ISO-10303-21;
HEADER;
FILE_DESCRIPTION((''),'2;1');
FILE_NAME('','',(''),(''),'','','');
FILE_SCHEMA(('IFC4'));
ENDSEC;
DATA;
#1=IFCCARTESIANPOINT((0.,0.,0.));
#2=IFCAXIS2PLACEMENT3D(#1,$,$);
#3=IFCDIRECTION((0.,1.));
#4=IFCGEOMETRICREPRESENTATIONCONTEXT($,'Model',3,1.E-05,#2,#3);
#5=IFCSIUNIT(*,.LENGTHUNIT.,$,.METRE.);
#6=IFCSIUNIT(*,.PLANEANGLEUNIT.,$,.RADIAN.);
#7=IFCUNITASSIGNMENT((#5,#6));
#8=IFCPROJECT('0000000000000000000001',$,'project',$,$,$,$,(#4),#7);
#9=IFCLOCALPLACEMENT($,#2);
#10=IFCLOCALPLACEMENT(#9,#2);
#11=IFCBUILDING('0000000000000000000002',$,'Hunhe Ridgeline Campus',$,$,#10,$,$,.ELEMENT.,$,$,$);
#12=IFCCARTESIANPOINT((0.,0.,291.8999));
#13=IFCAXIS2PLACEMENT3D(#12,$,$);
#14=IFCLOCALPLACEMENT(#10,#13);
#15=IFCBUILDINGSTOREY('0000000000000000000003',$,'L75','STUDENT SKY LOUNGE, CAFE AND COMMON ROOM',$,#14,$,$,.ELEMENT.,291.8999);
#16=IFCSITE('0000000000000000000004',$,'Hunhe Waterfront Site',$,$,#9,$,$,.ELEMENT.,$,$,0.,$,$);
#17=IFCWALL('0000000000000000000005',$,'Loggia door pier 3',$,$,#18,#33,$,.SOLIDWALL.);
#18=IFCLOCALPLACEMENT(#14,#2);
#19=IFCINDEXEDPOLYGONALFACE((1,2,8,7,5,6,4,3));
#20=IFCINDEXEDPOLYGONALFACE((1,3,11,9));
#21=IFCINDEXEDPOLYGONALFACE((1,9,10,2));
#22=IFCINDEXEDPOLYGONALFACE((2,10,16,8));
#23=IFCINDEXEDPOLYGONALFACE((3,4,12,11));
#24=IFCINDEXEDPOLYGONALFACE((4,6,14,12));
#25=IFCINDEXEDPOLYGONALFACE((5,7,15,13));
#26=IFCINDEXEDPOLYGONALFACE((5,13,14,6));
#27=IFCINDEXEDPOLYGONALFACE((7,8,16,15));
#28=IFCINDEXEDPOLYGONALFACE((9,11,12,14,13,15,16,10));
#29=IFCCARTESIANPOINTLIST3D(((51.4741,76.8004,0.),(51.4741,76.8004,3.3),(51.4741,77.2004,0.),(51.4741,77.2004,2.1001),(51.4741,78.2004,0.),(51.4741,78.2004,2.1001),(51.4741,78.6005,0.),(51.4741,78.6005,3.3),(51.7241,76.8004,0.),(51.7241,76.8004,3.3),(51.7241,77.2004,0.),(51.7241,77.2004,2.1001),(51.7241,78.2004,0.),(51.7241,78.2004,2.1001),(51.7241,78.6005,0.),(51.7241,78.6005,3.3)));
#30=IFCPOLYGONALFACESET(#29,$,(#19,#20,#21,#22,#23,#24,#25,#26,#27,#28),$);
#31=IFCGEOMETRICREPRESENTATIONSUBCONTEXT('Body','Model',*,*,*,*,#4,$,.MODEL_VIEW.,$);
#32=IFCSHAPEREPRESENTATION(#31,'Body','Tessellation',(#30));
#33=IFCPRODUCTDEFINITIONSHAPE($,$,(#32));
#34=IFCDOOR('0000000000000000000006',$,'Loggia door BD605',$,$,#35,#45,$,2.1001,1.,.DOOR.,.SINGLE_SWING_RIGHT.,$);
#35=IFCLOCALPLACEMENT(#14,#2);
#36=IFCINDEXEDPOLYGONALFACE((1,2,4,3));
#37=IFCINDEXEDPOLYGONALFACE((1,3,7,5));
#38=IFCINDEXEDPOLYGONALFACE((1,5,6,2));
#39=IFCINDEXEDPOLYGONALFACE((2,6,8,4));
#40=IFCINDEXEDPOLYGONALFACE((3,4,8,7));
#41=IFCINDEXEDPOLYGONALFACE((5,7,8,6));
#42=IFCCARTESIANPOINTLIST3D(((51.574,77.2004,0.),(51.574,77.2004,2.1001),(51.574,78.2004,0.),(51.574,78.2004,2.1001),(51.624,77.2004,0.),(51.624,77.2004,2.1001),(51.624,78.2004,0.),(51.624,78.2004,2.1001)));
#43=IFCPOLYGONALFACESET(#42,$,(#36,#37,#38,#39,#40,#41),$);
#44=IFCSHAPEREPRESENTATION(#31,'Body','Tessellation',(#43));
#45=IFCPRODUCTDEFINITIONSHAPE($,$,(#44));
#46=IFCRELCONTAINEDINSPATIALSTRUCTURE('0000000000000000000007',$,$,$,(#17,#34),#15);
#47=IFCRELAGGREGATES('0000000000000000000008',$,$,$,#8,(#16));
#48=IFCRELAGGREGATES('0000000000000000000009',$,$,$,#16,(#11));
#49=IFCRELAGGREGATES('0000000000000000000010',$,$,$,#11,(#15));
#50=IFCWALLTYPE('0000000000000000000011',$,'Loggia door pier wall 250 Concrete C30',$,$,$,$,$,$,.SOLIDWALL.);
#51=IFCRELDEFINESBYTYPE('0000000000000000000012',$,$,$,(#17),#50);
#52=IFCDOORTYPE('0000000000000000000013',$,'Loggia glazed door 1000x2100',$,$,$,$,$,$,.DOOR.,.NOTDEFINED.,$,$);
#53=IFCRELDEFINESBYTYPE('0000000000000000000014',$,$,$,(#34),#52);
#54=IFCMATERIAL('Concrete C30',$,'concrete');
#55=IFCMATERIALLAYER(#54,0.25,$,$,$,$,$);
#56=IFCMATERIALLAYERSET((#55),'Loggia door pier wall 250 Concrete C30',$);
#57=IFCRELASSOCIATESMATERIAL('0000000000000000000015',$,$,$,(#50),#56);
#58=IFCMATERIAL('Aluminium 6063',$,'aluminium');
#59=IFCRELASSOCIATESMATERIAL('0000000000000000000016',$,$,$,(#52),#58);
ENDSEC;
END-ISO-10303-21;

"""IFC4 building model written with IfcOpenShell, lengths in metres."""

from ifc_helpers import new_model, si_unit, direction, frame, frame_2d, origin, place, context, subcontext, project, spatial, rectangle, extrude, material, layer, layer_set, type_object, element, fill, save


model = new_model("IFC4")

# Units and contexts
model_context = context("Model", 3, precision=1e-05, world=origin(), true_north=direction((0.0, 1.0)))
body_context = subcontext(model_context, "Body", "Model", "MODEL_VIEW")
ifc_project = project(units=[si_unit("LENGTHUNIT", "METRE"), si_unit("PLANEANGLEUNIT", "RADIAN")], contexts=[model_context])

# Site, building, storey
site_placement = place(None, origin())
site = spatial("IfcSite", under=ifc_project, at=site_placement, Name="Hunhe Waterfront Site", CompositionType="ELEMENT", RefElevation=0.0)
building_placement = place(site_placement, origin())
building = spatial("IfcBuilding", under=site, at=building_placement, Name="Hunhe Ridgeline Campus", CompositionType="ELEMENT")
storey_placement = place(building_placement, frame((0.0, 0.0, 291.8999)))
storey = spatial("IfcBuildingStorey", under=building, at=storey_placement, Name="L75", Description="STUDENT SKY LOUNGE, CAFE AND COMMON ROOM", CompositionType="ELEMENT", Elevation=291.8999)

# Shared definitions
ifc_material_1 = material(Name="Aluminium 6063", Category="aluminium")

# Wall, opening, door
ifc_material_2 = material(Name="Concrete C30", Category="concrete")
ifc_layer_1 = layer(ifc_material_2, 0.25)
ifc_layer_set_1 = layer_set([ifc_layer_1], Name="Loggia door pier wall 250 Concrete C30")
wall_type = type_object("IfcWallType", Name="Loggia door pier wall 250 Concrete C30", PredefinedType="SOLIDWALL", material=ifc_layer_set_1)
wall_placement = place(storey_placement, frame((51.5991, 76.8005, 0.0), z_axis=(0.0, 0.0, 1.0), x_axis=(0.0, 1.0, 0.0)))
wall = element("IfcWall", 1, at=wall_placement, inside=storey, type_object=wall_type, Name="Loggia door pier 3", PredefinedType="SOLIDWALL", context=body_context, shape_type="SweptSolid", body=[
    extrude(rectangle(XDim=1.8, YDim=0.25, at=frame_2d((0.8999, 0.0))), origin(), (0.0, 0.0, 1.0), 3.3),
])
opening_placement = place(wall_placement, frame((0.3999, 0.0, 0.0)))
opening = element("IfcOpeningElement", 2, at=opening_placement, cuts=wall, PredefinedType="OPENING", context=body_context, shape_type="SweptSolid", body=[
    extrude(rectangle(XDim=1.0, YDim=2.1001, at=frame_2d((0.5, 1.05))), frame((0.0, 0.125, 0.0), z_axis=(0.0, -1.0, 0.0), x_axis=(1.0, 0.0, 0.0)), (0.0, 0.0, 1.0), 0.25),
])
door_type = type_object("IfcDoorType", Name="Loggia glazed door 1000x2100", OperationType="NOTDEFINED", PredefinedType="DOOR", material=ifc_material_1)
door_placement = place(opening_placement, frame((1.0, 0.0, 0.0), z_axis=(0.0, 0.0, 1.0), x_axis=(-1.0, 0.0, 0.0)))
door = element("IfcDoor", 3, at=door_placement, inside=storey, type_object=door_type, Name="Loggia door BD605", OperationType="SINGLE_SWING_RIGHT", OverallHeight=2.1001, OverallWidth=1.0, PredefinedType="DOOR", context=body_context, shape_type="SweptSolid", body=[
    extrude(rectangle(XDim=1.0, YDim=2.1001, at=frame_2d((0.5, 1.05))), frame((0.0, 0.0249, 0.0), z_axis=(0.0, -1.0, 0.0), x_axis=(1.0, 0.0, 0.0)), (0.0, 0.0, 1.0), 0.05),
])
fill(opening, door)

save(model, "model.ifc")
